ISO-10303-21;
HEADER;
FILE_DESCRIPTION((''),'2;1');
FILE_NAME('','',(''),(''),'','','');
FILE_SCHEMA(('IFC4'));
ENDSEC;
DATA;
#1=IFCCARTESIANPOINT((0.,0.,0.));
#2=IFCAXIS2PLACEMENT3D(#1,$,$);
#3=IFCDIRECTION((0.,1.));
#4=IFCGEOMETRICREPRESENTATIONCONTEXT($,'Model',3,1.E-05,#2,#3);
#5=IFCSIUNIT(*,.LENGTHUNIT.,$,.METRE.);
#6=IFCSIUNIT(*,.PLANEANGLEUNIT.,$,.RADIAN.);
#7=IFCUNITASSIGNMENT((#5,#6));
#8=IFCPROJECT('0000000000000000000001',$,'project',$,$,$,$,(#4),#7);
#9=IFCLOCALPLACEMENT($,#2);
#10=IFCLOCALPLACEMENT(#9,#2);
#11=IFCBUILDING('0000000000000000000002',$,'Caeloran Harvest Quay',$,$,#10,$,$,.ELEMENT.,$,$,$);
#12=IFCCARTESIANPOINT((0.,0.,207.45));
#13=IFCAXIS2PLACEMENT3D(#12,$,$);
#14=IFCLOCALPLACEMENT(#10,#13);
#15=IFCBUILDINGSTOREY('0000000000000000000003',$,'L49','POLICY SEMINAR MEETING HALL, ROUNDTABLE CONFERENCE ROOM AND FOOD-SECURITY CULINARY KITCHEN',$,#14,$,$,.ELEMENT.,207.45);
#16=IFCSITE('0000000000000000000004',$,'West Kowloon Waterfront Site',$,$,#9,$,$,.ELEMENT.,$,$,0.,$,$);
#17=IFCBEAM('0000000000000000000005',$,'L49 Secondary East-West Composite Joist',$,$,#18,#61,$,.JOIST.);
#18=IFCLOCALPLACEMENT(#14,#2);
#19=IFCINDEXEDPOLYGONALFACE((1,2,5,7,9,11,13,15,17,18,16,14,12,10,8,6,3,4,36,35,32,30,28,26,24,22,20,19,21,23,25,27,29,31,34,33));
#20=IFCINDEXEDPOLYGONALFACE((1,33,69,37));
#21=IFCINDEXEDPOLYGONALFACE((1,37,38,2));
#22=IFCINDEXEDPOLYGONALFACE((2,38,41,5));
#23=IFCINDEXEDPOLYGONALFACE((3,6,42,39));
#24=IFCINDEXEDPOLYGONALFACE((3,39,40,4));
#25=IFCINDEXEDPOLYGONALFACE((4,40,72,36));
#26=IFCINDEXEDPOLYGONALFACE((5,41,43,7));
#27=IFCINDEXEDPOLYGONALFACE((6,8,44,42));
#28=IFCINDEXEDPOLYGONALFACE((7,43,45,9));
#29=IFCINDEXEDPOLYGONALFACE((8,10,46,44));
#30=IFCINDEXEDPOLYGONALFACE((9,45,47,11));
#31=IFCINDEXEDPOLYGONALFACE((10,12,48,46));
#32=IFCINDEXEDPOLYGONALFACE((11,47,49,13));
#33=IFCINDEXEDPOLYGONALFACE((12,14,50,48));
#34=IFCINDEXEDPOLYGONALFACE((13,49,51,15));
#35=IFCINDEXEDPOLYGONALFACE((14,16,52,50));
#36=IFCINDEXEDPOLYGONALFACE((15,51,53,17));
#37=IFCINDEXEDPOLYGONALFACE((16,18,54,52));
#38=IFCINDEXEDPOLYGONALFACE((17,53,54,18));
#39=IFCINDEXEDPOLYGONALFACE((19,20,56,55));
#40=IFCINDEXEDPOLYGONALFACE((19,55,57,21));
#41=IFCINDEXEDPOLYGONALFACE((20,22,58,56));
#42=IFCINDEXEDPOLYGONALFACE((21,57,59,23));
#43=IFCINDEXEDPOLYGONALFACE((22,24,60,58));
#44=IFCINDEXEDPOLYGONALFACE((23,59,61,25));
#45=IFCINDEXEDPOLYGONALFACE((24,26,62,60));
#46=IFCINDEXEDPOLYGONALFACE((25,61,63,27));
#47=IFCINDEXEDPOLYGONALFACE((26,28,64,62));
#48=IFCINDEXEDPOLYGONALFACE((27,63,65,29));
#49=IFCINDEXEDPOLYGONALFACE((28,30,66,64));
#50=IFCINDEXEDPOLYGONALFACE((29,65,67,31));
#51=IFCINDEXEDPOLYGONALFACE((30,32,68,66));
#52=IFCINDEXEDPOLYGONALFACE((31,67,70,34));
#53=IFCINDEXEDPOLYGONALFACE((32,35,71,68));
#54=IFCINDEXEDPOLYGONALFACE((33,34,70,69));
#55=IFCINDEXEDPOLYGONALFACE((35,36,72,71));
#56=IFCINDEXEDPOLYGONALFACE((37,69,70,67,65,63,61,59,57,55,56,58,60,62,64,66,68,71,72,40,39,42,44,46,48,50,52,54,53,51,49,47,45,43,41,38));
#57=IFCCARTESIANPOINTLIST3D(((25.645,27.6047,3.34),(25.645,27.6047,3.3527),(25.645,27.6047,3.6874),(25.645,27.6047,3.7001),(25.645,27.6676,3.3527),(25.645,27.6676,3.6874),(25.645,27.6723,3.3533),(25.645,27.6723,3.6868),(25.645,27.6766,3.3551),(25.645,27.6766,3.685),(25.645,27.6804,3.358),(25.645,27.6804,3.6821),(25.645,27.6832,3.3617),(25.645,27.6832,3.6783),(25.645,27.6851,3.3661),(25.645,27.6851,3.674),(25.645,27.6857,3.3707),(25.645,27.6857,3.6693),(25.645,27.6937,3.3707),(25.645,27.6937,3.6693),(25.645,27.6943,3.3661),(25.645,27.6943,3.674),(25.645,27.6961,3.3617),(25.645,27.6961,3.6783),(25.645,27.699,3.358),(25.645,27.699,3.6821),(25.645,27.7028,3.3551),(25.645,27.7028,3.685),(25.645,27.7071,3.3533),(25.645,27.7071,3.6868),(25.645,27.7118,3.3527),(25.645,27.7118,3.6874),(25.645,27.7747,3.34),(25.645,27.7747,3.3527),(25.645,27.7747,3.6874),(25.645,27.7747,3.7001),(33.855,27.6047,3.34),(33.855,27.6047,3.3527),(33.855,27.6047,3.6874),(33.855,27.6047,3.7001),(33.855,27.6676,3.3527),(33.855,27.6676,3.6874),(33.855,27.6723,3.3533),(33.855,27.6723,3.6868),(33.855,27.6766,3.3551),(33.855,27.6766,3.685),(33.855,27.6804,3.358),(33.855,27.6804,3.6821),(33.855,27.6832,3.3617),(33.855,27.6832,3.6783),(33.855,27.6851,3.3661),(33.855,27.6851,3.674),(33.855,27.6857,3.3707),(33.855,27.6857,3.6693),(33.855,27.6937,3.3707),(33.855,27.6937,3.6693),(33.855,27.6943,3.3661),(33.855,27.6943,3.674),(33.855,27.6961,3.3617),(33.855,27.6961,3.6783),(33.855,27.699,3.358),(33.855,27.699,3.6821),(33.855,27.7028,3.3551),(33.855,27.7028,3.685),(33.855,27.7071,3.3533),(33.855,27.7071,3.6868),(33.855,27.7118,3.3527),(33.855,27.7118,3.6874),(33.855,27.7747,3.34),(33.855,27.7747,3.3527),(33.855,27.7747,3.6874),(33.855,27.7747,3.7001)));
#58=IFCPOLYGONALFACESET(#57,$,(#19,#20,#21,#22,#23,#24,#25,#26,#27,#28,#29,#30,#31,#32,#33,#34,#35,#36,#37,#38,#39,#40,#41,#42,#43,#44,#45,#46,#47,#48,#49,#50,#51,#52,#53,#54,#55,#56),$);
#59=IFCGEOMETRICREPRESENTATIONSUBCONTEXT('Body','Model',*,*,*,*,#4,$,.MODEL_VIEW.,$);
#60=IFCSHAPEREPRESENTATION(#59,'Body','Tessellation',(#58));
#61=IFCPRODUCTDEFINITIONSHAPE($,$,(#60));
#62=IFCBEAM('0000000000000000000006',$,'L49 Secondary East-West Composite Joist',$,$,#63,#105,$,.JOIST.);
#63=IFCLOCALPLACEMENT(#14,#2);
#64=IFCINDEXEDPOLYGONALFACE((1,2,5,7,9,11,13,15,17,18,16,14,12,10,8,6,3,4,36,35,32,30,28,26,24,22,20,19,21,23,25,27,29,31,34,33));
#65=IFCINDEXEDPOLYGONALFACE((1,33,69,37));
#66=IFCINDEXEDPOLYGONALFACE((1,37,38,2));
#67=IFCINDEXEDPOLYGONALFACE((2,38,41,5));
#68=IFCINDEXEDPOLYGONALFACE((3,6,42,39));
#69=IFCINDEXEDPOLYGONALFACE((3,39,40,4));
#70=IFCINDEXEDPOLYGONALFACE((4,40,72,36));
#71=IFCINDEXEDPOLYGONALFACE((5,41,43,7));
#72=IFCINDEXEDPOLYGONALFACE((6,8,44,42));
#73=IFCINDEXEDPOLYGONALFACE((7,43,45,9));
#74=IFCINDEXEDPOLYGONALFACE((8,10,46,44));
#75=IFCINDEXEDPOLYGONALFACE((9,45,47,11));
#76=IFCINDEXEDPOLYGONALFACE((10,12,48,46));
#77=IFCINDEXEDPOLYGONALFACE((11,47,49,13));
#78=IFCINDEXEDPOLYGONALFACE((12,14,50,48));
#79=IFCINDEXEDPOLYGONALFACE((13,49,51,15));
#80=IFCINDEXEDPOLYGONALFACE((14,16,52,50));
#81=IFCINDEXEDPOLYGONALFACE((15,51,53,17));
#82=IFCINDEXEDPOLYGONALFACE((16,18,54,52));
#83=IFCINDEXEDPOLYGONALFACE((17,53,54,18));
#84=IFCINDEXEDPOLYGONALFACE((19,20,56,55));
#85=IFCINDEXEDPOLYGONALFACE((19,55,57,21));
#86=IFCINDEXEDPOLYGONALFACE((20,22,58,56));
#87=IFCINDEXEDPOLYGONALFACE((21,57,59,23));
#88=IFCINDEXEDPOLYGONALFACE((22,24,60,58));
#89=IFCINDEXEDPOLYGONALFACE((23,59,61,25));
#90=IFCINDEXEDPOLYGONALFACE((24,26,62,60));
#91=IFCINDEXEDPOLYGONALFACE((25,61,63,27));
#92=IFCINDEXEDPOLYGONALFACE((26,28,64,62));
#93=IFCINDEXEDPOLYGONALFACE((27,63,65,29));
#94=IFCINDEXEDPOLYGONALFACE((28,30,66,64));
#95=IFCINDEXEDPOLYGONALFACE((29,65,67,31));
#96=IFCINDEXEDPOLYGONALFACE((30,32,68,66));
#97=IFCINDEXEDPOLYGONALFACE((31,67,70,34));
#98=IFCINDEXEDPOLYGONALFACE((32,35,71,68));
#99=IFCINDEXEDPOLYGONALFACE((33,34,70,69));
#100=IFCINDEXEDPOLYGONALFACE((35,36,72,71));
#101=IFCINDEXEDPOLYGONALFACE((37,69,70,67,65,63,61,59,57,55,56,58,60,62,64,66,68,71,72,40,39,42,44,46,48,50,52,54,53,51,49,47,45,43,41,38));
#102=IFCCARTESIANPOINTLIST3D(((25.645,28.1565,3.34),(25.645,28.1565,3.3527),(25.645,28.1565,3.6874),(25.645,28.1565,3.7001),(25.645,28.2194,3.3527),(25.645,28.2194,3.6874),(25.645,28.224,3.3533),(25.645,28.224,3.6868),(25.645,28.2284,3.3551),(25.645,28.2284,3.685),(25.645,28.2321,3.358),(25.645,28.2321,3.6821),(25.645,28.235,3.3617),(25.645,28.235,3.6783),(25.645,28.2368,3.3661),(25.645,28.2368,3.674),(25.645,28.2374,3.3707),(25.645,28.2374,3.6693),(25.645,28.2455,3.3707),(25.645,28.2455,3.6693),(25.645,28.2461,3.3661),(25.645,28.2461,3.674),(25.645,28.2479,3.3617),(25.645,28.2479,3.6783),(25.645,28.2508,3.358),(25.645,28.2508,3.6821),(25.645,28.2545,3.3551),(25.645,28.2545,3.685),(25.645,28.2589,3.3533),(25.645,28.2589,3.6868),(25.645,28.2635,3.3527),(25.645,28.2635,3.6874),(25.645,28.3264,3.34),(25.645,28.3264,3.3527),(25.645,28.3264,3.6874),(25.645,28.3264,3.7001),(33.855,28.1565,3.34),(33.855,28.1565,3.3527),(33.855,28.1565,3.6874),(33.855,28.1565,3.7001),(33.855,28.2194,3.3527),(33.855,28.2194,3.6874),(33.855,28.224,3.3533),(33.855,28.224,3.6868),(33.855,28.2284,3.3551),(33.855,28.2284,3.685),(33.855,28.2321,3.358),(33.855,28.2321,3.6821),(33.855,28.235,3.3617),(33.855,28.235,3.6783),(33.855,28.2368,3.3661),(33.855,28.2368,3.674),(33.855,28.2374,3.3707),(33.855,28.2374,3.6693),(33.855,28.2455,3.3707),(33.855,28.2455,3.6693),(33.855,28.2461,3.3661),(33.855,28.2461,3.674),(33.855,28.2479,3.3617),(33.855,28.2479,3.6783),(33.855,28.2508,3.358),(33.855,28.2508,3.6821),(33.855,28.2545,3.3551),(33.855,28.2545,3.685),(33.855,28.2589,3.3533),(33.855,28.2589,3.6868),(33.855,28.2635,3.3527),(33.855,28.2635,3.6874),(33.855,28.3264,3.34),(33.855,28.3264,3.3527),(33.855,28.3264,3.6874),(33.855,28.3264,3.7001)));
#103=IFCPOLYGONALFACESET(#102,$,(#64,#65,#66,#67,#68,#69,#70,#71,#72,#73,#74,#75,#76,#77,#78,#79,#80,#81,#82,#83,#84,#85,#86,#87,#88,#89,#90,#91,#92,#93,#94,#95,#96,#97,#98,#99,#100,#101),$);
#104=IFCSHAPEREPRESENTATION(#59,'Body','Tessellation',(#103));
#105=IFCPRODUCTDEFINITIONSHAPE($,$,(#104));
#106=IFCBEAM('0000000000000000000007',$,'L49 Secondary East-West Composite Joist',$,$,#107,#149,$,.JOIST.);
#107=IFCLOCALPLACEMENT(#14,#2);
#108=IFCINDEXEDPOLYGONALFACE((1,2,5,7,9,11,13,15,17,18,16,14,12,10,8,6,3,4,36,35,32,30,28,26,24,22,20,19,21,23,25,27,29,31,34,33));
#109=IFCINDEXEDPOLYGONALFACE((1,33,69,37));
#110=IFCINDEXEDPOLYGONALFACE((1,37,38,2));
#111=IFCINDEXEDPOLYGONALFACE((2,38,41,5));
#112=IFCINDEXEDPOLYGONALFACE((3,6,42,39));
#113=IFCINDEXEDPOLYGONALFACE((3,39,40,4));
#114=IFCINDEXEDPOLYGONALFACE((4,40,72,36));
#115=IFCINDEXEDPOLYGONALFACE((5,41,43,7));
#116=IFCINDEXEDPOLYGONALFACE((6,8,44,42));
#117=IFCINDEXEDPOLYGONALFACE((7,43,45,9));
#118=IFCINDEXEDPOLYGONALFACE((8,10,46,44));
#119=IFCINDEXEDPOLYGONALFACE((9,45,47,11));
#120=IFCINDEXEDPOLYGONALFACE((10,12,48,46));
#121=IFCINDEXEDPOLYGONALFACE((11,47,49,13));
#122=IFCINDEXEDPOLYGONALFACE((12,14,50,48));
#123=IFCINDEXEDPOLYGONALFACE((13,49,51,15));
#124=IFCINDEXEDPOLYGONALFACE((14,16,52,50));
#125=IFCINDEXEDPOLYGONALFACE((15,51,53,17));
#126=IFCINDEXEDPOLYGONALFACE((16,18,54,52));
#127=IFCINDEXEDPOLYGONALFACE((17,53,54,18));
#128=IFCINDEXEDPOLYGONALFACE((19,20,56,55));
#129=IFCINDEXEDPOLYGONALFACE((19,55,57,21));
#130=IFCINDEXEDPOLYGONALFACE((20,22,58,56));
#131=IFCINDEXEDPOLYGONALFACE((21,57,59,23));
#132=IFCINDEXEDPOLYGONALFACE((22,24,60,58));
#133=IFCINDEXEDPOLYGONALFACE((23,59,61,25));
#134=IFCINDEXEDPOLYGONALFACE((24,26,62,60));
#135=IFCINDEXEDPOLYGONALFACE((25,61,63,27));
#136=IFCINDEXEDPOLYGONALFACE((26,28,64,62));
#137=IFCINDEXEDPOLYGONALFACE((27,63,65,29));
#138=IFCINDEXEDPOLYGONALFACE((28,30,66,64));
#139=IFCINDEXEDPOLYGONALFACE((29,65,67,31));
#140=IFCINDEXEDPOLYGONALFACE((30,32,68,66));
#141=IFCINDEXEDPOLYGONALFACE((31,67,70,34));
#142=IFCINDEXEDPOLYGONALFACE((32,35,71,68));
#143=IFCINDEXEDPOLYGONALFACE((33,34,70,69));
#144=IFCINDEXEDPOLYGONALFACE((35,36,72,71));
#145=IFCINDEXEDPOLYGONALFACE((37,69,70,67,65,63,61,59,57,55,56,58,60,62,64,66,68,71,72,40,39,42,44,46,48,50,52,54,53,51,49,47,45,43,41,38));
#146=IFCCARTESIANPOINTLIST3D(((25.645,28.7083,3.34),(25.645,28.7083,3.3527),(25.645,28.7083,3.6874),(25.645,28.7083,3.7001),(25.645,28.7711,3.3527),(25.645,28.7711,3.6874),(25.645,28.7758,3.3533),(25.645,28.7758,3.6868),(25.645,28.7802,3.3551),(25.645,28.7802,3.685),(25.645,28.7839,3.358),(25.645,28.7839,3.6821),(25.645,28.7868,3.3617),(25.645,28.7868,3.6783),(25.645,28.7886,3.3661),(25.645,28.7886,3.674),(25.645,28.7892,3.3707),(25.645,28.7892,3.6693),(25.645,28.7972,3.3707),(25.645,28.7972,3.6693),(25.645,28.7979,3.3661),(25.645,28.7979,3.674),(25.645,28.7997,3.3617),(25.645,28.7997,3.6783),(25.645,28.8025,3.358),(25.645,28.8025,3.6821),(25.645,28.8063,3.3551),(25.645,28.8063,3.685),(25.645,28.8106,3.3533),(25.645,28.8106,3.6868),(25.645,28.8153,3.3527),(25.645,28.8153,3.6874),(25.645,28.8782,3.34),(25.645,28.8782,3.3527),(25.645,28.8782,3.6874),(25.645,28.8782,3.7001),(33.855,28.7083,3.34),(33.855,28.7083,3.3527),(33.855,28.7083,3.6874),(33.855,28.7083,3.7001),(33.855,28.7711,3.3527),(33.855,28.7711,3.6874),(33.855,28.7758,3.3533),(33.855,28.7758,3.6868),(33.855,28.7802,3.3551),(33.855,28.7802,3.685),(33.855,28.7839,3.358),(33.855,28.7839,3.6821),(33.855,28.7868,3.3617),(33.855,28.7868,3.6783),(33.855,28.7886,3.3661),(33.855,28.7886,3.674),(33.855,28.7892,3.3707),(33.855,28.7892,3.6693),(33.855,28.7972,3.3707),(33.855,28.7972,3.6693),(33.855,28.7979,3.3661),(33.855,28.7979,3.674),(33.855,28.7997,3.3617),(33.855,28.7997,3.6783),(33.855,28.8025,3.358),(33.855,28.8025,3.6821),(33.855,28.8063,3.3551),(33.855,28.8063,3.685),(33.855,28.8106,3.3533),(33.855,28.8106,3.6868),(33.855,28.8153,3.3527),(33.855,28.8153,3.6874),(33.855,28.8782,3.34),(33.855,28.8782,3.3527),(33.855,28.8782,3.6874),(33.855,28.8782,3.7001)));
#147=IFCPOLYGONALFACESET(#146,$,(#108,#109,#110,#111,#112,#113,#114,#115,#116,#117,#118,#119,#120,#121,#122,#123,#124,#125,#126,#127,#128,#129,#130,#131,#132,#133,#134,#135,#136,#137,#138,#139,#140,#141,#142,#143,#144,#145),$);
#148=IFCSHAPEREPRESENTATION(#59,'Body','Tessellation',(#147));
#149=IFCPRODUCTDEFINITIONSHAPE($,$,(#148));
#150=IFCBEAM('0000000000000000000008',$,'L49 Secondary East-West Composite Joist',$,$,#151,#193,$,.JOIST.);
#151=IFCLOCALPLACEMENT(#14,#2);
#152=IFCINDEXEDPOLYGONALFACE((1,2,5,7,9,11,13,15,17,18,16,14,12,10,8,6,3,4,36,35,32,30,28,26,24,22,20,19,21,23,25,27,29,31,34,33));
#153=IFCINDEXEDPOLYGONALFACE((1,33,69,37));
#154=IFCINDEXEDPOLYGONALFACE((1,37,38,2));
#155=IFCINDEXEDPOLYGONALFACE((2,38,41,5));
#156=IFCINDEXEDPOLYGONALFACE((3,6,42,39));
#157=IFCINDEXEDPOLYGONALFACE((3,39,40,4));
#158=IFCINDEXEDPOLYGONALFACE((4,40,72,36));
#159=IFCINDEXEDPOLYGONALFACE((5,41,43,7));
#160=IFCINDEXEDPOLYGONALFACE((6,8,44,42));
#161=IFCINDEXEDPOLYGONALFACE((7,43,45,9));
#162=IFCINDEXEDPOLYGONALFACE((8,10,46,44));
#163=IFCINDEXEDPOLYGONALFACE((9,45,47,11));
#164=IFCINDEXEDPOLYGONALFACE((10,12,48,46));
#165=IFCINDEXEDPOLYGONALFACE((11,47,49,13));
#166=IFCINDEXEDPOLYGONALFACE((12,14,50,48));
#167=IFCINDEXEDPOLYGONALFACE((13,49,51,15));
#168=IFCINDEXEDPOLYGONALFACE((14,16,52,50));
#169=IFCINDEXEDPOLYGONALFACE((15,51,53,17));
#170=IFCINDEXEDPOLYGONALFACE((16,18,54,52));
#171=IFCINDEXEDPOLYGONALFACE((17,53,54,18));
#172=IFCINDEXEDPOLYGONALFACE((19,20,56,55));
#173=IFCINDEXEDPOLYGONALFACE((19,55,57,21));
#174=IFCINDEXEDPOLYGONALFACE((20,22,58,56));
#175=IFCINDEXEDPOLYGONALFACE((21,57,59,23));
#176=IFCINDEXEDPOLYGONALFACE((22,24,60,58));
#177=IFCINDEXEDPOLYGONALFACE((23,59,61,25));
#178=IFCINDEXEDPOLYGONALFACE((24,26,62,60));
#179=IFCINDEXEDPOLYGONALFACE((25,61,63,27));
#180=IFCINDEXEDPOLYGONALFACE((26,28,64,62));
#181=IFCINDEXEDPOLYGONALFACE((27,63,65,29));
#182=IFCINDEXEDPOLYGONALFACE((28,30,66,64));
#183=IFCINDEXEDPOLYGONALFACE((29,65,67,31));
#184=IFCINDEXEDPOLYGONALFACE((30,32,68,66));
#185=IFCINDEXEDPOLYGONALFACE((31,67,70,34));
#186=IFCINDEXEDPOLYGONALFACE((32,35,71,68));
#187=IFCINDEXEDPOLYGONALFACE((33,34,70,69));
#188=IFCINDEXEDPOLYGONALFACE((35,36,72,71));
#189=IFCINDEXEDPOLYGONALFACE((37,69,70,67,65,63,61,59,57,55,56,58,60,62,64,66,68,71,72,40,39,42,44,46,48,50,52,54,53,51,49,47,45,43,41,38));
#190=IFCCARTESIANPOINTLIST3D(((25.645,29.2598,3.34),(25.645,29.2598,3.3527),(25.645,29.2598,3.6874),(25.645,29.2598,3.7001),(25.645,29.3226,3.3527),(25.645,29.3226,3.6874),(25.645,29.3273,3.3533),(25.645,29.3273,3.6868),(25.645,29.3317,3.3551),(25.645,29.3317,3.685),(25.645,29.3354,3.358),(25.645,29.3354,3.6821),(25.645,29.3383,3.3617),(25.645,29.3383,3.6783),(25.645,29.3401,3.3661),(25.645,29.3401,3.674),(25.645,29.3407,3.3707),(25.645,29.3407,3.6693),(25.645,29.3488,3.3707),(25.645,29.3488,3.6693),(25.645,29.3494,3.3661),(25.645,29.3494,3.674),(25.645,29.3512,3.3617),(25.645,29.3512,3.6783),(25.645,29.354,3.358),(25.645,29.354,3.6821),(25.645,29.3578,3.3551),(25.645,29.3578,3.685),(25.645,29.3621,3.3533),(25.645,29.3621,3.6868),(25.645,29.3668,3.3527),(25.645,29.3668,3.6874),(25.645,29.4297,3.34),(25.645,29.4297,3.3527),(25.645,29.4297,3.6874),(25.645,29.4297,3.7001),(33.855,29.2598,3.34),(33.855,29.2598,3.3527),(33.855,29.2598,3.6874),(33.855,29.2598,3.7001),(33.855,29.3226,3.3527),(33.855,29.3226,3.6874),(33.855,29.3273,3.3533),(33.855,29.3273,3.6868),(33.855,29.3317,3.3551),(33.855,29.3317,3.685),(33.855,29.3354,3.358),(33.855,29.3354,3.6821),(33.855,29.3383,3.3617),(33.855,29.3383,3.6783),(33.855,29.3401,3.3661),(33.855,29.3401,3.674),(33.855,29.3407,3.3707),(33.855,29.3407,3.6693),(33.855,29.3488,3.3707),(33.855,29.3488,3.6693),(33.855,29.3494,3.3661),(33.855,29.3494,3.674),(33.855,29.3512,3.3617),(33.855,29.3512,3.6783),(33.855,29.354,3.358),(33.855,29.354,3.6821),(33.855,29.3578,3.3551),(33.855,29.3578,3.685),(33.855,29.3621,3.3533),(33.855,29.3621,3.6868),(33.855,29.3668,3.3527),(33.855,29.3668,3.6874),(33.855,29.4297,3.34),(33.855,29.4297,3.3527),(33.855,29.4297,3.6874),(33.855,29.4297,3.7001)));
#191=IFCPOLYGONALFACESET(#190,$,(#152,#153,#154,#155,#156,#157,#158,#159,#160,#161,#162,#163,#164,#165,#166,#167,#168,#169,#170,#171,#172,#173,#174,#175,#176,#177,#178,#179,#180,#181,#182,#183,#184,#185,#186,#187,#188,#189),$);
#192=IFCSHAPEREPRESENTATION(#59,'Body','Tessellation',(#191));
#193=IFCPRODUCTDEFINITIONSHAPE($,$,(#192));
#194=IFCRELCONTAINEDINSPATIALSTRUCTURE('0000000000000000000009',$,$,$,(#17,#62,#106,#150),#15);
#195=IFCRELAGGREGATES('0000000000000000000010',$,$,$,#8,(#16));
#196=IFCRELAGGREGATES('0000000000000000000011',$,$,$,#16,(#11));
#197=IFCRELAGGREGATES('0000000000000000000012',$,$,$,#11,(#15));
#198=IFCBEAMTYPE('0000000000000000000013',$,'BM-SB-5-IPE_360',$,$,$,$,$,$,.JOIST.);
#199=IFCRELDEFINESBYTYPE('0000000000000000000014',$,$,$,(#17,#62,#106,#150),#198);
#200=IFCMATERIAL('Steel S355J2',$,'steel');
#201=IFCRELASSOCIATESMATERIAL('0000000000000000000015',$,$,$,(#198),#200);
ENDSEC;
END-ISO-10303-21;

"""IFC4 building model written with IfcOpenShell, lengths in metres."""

from ifc_helpers import new_model, si_unit, direction, frame, origin, origin_2d, place, context, subcontext, project, spatial, i_section, extrude, material, material_profile, profile_set, type_object, element, save


model = new_model("IFC4")

# Units and contexts
model_context = context("Model", 3, precision=1e-05, world=origin(), true_north=direction((0.0, 1.0)))
body_context = subcontext(model_context, "Body", "Model", "MODEL_VIEW")
ifc_project = project(units=[si_unit("LENGTHUNIT", "METRE"), si_unit("PLANEANGLEUNIT", "RADIAN")], contexts=[model_context])

# Site, building, storey
site_placement = place(None, origin())
site = spatial("IfcSite", under=ifc_project, at=site_placement, Name="West Kowloon Waterfront Site", CompositionType="ELEMENT", RefElevation=0.0)
building_placement = place(site_placement, origin())
building = spatial("IfcBuilding", under=site, at=building_placement, Name="Caeloran Harvest Quay", CompositionType="ELEMENT")
storey_placement = place(building_placement, frame((0.0, 0.0, 207.45)))
storey = spatial("IfcBuildingStorey", under=building, at=storey_placement, Name="L49", Description="POLICY SEMINAR MEETING HALL, ROUNDTABLE CONFERENCE ROOM AND FOOD-SECURITY CULINARY KITCHEN", CompositionType="ELEMENT", Elevation=207.45)

# Beams
ifc_material_1 = material(Name="Steel S355J2", Category="steel")
ifc_material_profile_1 = material_profile(ifc_material_1, i_section(OverallWidth=0.1699, OverallDepth=0.3601, WebThickness=0.0081, FlangeThickness=0.0127, FilletRadius=0.0181, at=origin_2d()), Name="IPE 360")
ifc_profile_set_1 = profile_set([ifc_material_profile_1], Name="Steel S355J2")
beam_type_1 = type_object("IfcBeamType", Name="BM-SB-5-IPE_360", PredefinedType="JOIST", material=ifc_profile_set_1)
for number, where, z_axis, x_axis, name in (
    (1, (25.645, 27.6897, 3.52), (1.0, 0.0, 0.0), (0.0, 1.0, 0.0), "L49 Secondary East-West Composite Joist"),
    (2, (25.645, 28.2415, 3.52), (1.0, 0.0, 0.0), (0.0, 1.0, 0.0), "L49 Secondary East-West Composite Joist"),
    (3, (25.645, 28.7932, 3.52), (1.0, 0.0, 0.0), (0.0, 1.0, 0.0), "L49 Secondary East-West Composite Joist"),
    (4, (25.645, 29.3447, 3.52), (1.0, 0.0, 0.0), (0.0, 1.0, 0.0), "L49 Secondary East-West Composite Joist"),
):
    element("IfcBeam", number, at=place(storey_placement, frame(where, z_axis=z_axis, x_axis=x_axis)), inside=storey, type_object=beam_type_1, Name=name, PredefinedType="JOIST", context=body_context, shape_type="SweptSolid", body=[
        extrude(i_section(OverallWidth=0.1699, OverallDepth=0.3601, WebThickness=0.0081, FlangeThickness=0.0127, FilletRadius=0.0181, at=origin_2d()), origin(), (0.0, 0.0, 1.0), 8.21),
    ])

save(model, "model.ifc")
